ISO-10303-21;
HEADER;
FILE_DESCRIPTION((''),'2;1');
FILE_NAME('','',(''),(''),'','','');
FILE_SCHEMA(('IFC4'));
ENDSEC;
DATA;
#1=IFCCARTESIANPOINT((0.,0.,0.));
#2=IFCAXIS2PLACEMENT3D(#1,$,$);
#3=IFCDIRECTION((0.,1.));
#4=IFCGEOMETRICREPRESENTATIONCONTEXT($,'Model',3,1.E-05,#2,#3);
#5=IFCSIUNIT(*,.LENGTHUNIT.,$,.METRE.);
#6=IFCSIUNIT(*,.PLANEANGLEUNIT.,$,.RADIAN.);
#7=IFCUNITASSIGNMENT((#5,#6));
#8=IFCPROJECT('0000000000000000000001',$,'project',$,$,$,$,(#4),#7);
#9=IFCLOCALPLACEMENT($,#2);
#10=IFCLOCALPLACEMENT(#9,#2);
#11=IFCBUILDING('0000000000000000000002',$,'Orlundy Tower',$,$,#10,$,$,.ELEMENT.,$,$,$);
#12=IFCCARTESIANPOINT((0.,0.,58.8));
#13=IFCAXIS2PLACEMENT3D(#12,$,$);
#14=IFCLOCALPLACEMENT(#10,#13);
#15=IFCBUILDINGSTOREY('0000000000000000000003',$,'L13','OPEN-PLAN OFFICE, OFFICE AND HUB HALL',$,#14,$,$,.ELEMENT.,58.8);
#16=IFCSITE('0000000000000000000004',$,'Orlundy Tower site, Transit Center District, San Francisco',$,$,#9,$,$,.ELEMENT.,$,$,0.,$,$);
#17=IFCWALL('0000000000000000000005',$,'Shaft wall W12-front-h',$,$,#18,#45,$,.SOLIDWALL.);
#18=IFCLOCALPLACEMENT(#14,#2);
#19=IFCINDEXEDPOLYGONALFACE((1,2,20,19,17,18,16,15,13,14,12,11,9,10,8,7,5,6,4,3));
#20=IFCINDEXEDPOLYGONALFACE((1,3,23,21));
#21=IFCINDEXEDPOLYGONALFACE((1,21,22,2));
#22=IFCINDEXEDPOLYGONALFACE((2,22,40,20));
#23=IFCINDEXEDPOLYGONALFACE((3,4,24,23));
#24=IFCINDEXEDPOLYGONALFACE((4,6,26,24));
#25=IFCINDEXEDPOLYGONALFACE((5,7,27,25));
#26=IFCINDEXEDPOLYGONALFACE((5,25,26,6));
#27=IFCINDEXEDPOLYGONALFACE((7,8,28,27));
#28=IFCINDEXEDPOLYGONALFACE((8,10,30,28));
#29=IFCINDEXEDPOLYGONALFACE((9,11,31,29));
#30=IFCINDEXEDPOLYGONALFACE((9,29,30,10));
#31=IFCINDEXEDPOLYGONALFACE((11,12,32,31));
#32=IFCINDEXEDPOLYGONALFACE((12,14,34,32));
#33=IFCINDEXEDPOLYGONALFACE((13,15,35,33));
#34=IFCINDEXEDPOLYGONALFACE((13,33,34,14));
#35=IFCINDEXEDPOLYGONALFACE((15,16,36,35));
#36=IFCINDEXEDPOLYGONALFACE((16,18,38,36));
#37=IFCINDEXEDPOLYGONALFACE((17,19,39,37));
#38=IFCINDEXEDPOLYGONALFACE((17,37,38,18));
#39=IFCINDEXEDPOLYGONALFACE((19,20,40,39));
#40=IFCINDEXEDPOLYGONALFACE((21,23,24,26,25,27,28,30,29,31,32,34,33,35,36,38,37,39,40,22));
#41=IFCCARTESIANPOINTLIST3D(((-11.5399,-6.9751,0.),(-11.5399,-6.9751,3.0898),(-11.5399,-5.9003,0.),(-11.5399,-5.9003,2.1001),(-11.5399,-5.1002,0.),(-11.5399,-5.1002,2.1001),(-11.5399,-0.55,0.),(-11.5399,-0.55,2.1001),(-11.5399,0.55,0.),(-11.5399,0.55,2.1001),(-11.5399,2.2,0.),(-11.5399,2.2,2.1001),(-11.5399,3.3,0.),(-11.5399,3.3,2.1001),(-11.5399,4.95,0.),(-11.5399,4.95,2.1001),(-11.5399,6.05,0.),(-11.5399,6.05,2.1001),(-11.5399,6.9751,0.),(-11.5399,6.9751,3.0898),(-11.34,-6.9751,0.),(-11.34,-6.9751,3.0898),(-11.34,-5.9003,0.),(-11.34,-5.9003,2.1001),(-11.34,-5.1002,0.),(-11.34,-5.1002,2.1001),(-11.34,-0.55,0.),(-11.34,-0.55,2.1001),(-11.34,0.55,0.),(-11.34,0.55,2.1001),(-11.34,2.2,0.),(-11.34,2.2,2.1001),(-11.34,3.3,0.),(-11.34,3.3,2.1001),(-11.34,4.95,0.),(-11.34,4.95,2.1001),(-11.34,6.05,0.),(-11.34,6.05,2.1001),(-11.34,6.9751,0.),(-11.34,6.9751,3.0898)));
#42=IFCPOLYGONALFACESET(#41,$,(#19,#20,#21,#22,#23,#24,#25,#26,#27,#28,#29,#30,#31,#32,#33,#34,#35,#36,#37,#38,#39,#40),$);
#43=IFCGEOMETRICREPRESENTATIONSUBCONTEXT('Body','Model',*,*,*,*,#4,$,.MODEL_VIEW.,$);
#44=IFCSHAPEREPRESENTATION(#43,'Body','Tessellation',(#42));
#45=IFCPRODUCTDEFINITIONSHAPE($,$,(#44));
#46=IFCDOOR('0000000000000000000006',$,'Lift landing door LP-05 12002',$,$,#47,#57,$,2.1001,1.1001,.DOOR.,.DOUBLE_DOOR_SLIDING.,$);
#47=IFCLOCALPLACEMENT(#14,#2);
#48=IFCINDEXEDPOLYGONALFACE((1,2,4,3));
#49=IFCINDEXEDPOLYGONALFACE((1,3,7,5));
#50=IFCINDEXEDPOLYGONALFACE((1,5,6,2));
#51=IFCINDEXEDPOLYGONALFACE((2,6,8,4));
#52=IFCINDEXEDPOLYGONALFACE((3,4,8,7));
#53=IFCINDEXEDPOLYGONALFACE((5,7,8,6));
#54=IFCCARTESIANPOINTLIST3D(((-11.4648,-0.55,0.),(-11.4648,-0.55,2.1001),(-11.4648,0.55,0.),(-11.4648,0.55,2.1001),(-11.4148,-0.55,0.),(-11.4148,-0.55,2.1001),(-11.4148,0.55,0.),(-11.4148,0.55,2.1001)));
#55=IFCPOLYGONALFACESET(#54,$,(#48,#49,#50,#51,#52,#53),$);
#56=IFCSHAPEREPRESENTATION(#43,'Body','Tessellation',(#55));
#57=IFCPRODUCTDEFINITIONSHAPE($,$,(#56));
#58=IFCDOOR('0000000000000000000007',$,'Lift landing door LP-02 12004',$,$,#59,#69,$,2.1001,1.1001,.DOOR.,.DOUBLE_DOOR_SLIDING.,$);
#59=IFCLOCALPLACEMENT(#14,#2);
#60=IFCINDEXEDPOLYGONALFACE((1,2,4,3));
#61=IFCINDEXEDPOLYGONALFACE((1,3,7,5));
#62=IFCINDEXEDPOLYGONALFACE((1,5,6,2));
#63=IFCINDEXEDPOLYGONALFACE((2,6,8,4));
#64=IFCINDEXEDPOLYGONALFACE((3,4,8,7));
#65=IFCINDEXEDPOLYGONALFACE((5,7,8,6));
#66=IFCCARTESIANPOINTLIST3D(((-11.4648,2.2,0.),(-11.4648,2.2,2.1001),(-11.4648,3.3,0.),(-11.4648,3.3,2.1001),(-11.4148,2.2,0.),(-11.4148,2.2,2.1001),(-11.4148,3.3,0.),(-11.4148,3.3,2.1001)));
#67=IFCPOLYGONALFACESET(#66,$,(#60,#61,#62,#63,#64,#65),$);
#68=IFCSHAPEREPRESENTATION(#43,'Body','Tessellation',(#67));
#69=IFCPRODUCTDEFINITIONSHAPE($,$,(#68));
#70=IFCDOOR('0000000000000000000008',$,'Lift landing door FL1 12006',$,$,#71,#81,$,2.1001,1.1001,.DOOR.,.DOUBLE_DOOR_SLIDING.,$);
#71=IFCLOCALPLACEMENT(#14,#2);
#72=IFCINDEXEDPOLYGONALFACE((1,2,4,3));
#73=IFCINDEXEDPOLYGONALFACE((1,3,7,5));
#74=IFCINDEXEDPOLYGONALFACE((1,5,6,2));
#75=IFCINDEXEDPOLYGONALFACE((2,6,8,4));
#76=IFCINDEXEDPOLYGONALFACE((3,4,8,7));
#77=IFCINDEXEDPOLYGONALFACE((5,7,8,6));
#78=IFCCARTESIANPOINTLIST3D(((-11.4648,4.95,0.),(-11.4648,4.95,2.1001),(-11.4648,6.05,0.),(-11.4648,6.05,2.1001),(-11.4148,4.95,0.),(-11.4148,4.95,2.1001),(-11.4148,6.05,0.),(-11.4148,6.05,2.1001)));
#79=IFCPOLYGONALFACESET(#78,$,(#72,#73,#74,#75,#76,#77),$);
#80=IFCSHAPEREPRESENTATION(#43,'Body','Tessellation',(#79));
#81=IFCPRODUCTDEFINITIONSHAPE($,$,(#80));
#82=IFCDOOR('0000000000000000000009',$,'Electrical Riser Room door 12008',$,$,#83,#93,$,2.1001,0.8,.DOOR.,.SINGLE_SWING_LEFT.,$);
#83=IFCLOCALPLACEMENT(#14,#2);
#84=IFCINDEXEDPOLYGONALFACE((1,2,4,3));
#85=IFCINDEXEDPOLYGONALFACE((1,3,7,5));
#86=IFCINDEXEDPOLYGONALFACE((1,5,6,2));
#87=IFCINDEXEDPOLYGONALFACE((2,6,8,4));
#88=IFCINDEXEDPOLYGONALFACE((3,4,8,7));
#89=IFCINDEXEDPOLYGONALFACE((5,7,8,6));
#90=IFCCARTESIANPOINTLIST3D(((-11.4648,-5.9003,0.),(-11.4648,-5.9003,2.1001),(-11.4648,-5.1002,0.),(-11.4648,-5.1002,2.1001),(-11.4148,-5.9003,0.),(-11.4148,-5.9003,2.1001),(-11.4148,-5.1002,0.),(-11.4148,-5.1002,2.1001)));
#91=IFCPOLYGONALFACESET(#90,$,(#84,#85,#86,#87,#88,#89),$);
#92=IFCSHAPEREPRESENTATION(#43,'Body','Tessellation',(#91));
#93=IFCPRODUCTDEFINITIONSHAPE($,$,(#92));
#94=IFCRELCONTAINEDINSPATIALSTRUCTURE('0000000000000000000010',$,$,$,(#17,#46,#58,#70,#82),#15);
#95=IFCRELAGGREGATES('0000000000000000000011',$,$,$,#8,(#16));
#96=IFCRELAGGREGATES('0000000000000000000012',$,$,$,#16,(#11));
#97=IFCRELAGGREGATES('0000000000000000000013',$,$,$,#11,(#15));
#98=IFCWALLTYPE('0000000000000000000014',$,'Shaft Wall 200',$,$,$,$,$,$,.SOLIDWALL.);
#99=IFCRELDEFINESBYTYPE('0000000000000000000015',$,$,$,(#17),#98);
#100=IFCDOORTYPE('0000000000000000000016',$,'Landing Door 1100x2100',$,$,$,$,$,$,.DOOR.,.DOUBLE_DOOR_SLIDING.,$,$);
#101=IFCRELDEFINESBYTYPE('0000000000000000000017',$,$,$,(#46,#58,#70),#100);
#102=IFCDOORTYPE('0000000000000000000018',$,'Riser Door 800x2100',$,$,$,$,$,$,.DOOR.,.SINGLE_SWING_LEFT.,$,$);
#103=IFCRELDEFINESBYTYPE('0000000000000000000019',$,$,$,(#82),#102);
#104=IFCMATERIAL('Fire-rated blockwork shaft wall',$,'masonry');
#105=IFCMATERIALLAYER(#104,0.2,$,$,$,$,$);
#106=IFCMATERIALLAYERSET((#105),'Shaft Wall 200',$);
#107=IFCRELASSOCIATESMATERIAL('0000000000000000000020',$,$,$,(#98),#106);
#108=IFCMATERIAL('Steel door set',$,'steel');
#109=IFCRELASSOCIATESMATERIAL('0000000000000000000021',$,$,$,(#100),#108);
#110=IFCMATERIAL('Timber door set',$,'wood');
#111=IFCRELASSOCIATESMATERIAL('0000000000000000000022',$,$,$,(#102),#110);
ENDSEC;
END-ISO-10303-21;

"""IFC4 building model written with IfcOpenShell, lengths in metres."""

from ifc_helpers import new_model, si_unit, direction, frame, frame_2d, origin, place, context, subcontext, project, spatial, rectangle, extrude, material, layer, layer_set, type_object, element, fill, save


model = new_model("IFC4")

# Units and contexts
model_context = context("Model", 3, precision=1e-05, world=origin(), true_north=direction((0.0, 1.0)))
body_context = subcontext(model_context, "Body", "Model", "MODEL_VIEW")
ifc_project = project(units=[si_unit("LENGTHUNIT", "METRE"), si_unit("PLANEANGLEUNIT", "RADIAN")], contexts=[model_context])

# Site, building, storey
site_placement = place(None, origin())
site = spatial("IfcSite", under=ifc_project, at=site_placement, Name="Orlundy Tower site, Transit Center District, San Francisco", CompositionType="ELEMENT", RefElevation=0.0)
building_placement = place(site_placement, origin())
building = spatial("IfcBuilding", under=site, at=building_placement, Name="Orlundy Tower", CompositionType="ELEMENT")
storey_placement = place(building_placement, frame((0.0, 0.0, 58.8)))
storey = spatial("IfcBuildingStorey", under=building, at=storey_placement, Name="L13", Description="OPEN-PLAN OFFICE, OFFICE AND HUB HALL", CompositionType="ELEMENT", Elevation=58.8)

# Shared definitions
ifc_material_1 = material(Name="Fire-rated blockwork shaft wall", Category="masonry")
ifc_layer_1 = layer(ifc_material_1, 0.2)
ifc_layer_set_1 = layer_set([ifc_layer_1], Name="Shaft Wall 200")
wall_type_1 = type_object("IfcWallType", Name="Shaft Wall 200", PredefinedType="SOLIDWALL", material=ifc_layer_set_1)

# Wall, openings, doors
wall_1_placement = place(storey_placement, frame((-11.4399, -6.9751, 0.0), z_axis=(0.0, 0.0, 1.0), x_axis=(0.0, 1.0, 0.0)))
wall_1 = element("IfcWall", 1, at=wall_1_placement, inside=storey, type_object=wall_type_1, Name="Shaft wall W12-front-h", PredefinedType="SOLIDWALL", context=body_context, shape_type="SweptSolid", body=[
    extrude(rectangle(XDim=13.9502, YDim=0.2, at=frame_2d((6.9751, 0.0))), origin(), (0.0, 0.0, 1.0), 3.0898),
])
opening_1_placement = place(wall_1_placement, frame((6.425, 0.0, 0.0)))
opening_1 = element("IfcOpeningElement", 2, at=opening_1_placement, cuts=wall_1, PredefinedType="OPENING", context=body_context, shape_type="SweptSolid", body=[
    extrude(rectangle(XDim=1.1001, YDim=2.1001, at=frame_2d((0.55, 1.05))), frame((0.0, 0.1101, 0.0), z_axis=(0.0, -1.0, 0.0), x_axis=(1.0, 0.0, 0.0)), (0.0, 0.0, 1.0), 0.2202),
])
opening_2_placement = place(wall_1_placement, frame((9.175, 0.0, 0.0)))
opening_2 = element("IfcOpeningElement", 3, at=opening_2_placement, cuts=wall_1, PredefinedType="OPENING", context=body_context, shape_type="SweptSolid", body=[
    extrude(rectangle(XDim=1.1001, YDim=2.1001, at=frame_2d((0.55, 1.05))), frame((0.0, 0.1101, 0.0), z_axis=(0.0, -1.0, 0.0), x_axis=(1.0, 0.0, 0.0)), (0.0, 0.0, 1.0), 0.2202),
])
opening_3_placement = place(wall_1_placement, frame((11.925, 0.0, 0.0)))
opening_3 = element("IfcOpeningElement", 4, at=opening_3_placement, cuts=wall_1, PredefinedType="OPENING", context=body_context, shape_type="SweptSolid", body=[
    extrude(rectangle(XDim=1.1001, YDim=2.1001, at=frame_2d((0.55, 1.05))), frame((0.0, 0.1101, 0.0), z_axis=(0.0, -1.0, 0.0), x_axis=(1.0, 0.0, 0.0)), (0.0, 0.0, 1.0), 0.2202),
])
opening_4_placement = place(wall_1_placement, frame((1.075, 0.0, 0.0)))
opening_4 = element("IfcOpeningElement", 5, at=opening_4_placement, cuts=wall_1, PredefinedType="OPENING", context=body_context, shape_type="SweptSolid", body=[
    extrude(rectangle(XDim=0.8, YDim=2.1001, at=frame_2d((0.3999, 1.05))), frame((0.0, 0.1101, 0.0), z_axis=(0.0, -1.0, 0.0), x_axis=(1.0, 0.0, 0.0)), (0.0, 0.0, 1.0), 0.2202),
])
ifc_material_2 = material(Name="Steel door set", Category="steel")
door_type_1 = type_object("IfcDoorType", Name="Landing Door 1100x2100", OperationType="DOUBLE_DOOR_SLIDING", PredefinedType="DOOR", material=ifc_material_2)
door_1_placement = place(opening_1_placement, origin())
door_1 = element("IfcDoor", 6, at=door_1_placement, inside=storey, type_object=door_type_1, Name="Lift landing door LP-05 12002", OperationType="DOUBLE_DOOR_SLIDING", OverallHeight=2.1001, OverallWidth=1.1001, PredefinedType="DOOR", context=body_context, shape_type="SweptSolid", body=[
    extrude(rectangle(XDim=1.1001, YDim=2.1001, at=frame_2d((0.55, 1.05))), frame((0.0, 0.0249, 0.0), z_axis=(0.0, -1.0, 0.0), x_axis=(1.0, 0.0, 0.0)), (0.0, 0.0, 1.0), 0.05),
])
fill(opening_1, door_1)
door_2_placement = place(opening_2_placement, origin())
door_2 = element("IfcDoor", 7, at=door_2_placement, inside=storey, type_object=door_type_1, Name="Lift landing door LP-02 12004", OperationType="DOUBLE_DOOR_SLIDING", OverallHeight=2.1001, OverallWidth=1.1001, PredefinedType="DOOR", context=body_context, shape_type="SweptSolid", body=[
    extrude(rectangle(XDim=1.1001, YDim=2.1001, at=frame_2d((0.55, 1.05))), frame((0.0, 0.0249, 0.0), z_axis=(0.0, -1.0, 0.0), x_axis=(1.0, 0.0, 0.0)), (0.0, 0.0, 1.0), 0.05),
])
fill(opening_2, door_2)
door_3_placement = place(opening_3_placement, origin())
door_3 = element("IfcDoor", 8, at=door_3_placement, inside=storey, type_object=door_type_1, Name="Lift landing door FL1 12006", OperationType="DOUBLE_DOOR_SLIDING", OverallHeight=2.1001, OverallWidth=1.1001, PredefinedType="DOOR", context=body_context, shape_type="SweptSolid", body=[
    extrude(rectangle(XDim=1.1001, YDim=2.1001, at=frame_2d((0.55, 1.05))), frame((0.0, 0.0249, 0.0), z_axis=(0.0, -1.0, 0.0), x_axis=(1.0, 0.0, 0.0)), (0.0, 0.0, 1.0), 0.05),
])
fill(opening_3, door_3)
ifc_material_3 = material(Name="Timber door set", Category="wood")
door_type_2 = type_object("IfcDoorType", Name="Riser Door 800x2100", OperationType="SINGLE_SWING_LEFT", PredefinedType="DOOR", material=ifc_material_3)
door_4_placement = place(opening_4_placement, origin())
door_4 = element("IfcDoor", 9, at=door_4_placement, inside=storey, type_object=door_type_2, Name="Electrical Riser Room door 12008", OperationType="SINGLE_SWING_LEFT", OverallHeight=2.1001, OverallWidth=0.8, PredefinedType="DOOR", context=body_context, shape_type="SweptSolid", body=[
    extrude(rectangle(XDim=0.8, YDim=2.1001, at=frame_2d((0.3999, 1.05))), frame((0.0, 0.0249, 0.0), z_axis=(0.0, -1.0, 0.0), x_axis=(1.0, 0.0, 0.0)), (0.0, 0.0, 1.0), 0.05),
])
fill(opening_4, door_4)

save(model, "model.ifc")
